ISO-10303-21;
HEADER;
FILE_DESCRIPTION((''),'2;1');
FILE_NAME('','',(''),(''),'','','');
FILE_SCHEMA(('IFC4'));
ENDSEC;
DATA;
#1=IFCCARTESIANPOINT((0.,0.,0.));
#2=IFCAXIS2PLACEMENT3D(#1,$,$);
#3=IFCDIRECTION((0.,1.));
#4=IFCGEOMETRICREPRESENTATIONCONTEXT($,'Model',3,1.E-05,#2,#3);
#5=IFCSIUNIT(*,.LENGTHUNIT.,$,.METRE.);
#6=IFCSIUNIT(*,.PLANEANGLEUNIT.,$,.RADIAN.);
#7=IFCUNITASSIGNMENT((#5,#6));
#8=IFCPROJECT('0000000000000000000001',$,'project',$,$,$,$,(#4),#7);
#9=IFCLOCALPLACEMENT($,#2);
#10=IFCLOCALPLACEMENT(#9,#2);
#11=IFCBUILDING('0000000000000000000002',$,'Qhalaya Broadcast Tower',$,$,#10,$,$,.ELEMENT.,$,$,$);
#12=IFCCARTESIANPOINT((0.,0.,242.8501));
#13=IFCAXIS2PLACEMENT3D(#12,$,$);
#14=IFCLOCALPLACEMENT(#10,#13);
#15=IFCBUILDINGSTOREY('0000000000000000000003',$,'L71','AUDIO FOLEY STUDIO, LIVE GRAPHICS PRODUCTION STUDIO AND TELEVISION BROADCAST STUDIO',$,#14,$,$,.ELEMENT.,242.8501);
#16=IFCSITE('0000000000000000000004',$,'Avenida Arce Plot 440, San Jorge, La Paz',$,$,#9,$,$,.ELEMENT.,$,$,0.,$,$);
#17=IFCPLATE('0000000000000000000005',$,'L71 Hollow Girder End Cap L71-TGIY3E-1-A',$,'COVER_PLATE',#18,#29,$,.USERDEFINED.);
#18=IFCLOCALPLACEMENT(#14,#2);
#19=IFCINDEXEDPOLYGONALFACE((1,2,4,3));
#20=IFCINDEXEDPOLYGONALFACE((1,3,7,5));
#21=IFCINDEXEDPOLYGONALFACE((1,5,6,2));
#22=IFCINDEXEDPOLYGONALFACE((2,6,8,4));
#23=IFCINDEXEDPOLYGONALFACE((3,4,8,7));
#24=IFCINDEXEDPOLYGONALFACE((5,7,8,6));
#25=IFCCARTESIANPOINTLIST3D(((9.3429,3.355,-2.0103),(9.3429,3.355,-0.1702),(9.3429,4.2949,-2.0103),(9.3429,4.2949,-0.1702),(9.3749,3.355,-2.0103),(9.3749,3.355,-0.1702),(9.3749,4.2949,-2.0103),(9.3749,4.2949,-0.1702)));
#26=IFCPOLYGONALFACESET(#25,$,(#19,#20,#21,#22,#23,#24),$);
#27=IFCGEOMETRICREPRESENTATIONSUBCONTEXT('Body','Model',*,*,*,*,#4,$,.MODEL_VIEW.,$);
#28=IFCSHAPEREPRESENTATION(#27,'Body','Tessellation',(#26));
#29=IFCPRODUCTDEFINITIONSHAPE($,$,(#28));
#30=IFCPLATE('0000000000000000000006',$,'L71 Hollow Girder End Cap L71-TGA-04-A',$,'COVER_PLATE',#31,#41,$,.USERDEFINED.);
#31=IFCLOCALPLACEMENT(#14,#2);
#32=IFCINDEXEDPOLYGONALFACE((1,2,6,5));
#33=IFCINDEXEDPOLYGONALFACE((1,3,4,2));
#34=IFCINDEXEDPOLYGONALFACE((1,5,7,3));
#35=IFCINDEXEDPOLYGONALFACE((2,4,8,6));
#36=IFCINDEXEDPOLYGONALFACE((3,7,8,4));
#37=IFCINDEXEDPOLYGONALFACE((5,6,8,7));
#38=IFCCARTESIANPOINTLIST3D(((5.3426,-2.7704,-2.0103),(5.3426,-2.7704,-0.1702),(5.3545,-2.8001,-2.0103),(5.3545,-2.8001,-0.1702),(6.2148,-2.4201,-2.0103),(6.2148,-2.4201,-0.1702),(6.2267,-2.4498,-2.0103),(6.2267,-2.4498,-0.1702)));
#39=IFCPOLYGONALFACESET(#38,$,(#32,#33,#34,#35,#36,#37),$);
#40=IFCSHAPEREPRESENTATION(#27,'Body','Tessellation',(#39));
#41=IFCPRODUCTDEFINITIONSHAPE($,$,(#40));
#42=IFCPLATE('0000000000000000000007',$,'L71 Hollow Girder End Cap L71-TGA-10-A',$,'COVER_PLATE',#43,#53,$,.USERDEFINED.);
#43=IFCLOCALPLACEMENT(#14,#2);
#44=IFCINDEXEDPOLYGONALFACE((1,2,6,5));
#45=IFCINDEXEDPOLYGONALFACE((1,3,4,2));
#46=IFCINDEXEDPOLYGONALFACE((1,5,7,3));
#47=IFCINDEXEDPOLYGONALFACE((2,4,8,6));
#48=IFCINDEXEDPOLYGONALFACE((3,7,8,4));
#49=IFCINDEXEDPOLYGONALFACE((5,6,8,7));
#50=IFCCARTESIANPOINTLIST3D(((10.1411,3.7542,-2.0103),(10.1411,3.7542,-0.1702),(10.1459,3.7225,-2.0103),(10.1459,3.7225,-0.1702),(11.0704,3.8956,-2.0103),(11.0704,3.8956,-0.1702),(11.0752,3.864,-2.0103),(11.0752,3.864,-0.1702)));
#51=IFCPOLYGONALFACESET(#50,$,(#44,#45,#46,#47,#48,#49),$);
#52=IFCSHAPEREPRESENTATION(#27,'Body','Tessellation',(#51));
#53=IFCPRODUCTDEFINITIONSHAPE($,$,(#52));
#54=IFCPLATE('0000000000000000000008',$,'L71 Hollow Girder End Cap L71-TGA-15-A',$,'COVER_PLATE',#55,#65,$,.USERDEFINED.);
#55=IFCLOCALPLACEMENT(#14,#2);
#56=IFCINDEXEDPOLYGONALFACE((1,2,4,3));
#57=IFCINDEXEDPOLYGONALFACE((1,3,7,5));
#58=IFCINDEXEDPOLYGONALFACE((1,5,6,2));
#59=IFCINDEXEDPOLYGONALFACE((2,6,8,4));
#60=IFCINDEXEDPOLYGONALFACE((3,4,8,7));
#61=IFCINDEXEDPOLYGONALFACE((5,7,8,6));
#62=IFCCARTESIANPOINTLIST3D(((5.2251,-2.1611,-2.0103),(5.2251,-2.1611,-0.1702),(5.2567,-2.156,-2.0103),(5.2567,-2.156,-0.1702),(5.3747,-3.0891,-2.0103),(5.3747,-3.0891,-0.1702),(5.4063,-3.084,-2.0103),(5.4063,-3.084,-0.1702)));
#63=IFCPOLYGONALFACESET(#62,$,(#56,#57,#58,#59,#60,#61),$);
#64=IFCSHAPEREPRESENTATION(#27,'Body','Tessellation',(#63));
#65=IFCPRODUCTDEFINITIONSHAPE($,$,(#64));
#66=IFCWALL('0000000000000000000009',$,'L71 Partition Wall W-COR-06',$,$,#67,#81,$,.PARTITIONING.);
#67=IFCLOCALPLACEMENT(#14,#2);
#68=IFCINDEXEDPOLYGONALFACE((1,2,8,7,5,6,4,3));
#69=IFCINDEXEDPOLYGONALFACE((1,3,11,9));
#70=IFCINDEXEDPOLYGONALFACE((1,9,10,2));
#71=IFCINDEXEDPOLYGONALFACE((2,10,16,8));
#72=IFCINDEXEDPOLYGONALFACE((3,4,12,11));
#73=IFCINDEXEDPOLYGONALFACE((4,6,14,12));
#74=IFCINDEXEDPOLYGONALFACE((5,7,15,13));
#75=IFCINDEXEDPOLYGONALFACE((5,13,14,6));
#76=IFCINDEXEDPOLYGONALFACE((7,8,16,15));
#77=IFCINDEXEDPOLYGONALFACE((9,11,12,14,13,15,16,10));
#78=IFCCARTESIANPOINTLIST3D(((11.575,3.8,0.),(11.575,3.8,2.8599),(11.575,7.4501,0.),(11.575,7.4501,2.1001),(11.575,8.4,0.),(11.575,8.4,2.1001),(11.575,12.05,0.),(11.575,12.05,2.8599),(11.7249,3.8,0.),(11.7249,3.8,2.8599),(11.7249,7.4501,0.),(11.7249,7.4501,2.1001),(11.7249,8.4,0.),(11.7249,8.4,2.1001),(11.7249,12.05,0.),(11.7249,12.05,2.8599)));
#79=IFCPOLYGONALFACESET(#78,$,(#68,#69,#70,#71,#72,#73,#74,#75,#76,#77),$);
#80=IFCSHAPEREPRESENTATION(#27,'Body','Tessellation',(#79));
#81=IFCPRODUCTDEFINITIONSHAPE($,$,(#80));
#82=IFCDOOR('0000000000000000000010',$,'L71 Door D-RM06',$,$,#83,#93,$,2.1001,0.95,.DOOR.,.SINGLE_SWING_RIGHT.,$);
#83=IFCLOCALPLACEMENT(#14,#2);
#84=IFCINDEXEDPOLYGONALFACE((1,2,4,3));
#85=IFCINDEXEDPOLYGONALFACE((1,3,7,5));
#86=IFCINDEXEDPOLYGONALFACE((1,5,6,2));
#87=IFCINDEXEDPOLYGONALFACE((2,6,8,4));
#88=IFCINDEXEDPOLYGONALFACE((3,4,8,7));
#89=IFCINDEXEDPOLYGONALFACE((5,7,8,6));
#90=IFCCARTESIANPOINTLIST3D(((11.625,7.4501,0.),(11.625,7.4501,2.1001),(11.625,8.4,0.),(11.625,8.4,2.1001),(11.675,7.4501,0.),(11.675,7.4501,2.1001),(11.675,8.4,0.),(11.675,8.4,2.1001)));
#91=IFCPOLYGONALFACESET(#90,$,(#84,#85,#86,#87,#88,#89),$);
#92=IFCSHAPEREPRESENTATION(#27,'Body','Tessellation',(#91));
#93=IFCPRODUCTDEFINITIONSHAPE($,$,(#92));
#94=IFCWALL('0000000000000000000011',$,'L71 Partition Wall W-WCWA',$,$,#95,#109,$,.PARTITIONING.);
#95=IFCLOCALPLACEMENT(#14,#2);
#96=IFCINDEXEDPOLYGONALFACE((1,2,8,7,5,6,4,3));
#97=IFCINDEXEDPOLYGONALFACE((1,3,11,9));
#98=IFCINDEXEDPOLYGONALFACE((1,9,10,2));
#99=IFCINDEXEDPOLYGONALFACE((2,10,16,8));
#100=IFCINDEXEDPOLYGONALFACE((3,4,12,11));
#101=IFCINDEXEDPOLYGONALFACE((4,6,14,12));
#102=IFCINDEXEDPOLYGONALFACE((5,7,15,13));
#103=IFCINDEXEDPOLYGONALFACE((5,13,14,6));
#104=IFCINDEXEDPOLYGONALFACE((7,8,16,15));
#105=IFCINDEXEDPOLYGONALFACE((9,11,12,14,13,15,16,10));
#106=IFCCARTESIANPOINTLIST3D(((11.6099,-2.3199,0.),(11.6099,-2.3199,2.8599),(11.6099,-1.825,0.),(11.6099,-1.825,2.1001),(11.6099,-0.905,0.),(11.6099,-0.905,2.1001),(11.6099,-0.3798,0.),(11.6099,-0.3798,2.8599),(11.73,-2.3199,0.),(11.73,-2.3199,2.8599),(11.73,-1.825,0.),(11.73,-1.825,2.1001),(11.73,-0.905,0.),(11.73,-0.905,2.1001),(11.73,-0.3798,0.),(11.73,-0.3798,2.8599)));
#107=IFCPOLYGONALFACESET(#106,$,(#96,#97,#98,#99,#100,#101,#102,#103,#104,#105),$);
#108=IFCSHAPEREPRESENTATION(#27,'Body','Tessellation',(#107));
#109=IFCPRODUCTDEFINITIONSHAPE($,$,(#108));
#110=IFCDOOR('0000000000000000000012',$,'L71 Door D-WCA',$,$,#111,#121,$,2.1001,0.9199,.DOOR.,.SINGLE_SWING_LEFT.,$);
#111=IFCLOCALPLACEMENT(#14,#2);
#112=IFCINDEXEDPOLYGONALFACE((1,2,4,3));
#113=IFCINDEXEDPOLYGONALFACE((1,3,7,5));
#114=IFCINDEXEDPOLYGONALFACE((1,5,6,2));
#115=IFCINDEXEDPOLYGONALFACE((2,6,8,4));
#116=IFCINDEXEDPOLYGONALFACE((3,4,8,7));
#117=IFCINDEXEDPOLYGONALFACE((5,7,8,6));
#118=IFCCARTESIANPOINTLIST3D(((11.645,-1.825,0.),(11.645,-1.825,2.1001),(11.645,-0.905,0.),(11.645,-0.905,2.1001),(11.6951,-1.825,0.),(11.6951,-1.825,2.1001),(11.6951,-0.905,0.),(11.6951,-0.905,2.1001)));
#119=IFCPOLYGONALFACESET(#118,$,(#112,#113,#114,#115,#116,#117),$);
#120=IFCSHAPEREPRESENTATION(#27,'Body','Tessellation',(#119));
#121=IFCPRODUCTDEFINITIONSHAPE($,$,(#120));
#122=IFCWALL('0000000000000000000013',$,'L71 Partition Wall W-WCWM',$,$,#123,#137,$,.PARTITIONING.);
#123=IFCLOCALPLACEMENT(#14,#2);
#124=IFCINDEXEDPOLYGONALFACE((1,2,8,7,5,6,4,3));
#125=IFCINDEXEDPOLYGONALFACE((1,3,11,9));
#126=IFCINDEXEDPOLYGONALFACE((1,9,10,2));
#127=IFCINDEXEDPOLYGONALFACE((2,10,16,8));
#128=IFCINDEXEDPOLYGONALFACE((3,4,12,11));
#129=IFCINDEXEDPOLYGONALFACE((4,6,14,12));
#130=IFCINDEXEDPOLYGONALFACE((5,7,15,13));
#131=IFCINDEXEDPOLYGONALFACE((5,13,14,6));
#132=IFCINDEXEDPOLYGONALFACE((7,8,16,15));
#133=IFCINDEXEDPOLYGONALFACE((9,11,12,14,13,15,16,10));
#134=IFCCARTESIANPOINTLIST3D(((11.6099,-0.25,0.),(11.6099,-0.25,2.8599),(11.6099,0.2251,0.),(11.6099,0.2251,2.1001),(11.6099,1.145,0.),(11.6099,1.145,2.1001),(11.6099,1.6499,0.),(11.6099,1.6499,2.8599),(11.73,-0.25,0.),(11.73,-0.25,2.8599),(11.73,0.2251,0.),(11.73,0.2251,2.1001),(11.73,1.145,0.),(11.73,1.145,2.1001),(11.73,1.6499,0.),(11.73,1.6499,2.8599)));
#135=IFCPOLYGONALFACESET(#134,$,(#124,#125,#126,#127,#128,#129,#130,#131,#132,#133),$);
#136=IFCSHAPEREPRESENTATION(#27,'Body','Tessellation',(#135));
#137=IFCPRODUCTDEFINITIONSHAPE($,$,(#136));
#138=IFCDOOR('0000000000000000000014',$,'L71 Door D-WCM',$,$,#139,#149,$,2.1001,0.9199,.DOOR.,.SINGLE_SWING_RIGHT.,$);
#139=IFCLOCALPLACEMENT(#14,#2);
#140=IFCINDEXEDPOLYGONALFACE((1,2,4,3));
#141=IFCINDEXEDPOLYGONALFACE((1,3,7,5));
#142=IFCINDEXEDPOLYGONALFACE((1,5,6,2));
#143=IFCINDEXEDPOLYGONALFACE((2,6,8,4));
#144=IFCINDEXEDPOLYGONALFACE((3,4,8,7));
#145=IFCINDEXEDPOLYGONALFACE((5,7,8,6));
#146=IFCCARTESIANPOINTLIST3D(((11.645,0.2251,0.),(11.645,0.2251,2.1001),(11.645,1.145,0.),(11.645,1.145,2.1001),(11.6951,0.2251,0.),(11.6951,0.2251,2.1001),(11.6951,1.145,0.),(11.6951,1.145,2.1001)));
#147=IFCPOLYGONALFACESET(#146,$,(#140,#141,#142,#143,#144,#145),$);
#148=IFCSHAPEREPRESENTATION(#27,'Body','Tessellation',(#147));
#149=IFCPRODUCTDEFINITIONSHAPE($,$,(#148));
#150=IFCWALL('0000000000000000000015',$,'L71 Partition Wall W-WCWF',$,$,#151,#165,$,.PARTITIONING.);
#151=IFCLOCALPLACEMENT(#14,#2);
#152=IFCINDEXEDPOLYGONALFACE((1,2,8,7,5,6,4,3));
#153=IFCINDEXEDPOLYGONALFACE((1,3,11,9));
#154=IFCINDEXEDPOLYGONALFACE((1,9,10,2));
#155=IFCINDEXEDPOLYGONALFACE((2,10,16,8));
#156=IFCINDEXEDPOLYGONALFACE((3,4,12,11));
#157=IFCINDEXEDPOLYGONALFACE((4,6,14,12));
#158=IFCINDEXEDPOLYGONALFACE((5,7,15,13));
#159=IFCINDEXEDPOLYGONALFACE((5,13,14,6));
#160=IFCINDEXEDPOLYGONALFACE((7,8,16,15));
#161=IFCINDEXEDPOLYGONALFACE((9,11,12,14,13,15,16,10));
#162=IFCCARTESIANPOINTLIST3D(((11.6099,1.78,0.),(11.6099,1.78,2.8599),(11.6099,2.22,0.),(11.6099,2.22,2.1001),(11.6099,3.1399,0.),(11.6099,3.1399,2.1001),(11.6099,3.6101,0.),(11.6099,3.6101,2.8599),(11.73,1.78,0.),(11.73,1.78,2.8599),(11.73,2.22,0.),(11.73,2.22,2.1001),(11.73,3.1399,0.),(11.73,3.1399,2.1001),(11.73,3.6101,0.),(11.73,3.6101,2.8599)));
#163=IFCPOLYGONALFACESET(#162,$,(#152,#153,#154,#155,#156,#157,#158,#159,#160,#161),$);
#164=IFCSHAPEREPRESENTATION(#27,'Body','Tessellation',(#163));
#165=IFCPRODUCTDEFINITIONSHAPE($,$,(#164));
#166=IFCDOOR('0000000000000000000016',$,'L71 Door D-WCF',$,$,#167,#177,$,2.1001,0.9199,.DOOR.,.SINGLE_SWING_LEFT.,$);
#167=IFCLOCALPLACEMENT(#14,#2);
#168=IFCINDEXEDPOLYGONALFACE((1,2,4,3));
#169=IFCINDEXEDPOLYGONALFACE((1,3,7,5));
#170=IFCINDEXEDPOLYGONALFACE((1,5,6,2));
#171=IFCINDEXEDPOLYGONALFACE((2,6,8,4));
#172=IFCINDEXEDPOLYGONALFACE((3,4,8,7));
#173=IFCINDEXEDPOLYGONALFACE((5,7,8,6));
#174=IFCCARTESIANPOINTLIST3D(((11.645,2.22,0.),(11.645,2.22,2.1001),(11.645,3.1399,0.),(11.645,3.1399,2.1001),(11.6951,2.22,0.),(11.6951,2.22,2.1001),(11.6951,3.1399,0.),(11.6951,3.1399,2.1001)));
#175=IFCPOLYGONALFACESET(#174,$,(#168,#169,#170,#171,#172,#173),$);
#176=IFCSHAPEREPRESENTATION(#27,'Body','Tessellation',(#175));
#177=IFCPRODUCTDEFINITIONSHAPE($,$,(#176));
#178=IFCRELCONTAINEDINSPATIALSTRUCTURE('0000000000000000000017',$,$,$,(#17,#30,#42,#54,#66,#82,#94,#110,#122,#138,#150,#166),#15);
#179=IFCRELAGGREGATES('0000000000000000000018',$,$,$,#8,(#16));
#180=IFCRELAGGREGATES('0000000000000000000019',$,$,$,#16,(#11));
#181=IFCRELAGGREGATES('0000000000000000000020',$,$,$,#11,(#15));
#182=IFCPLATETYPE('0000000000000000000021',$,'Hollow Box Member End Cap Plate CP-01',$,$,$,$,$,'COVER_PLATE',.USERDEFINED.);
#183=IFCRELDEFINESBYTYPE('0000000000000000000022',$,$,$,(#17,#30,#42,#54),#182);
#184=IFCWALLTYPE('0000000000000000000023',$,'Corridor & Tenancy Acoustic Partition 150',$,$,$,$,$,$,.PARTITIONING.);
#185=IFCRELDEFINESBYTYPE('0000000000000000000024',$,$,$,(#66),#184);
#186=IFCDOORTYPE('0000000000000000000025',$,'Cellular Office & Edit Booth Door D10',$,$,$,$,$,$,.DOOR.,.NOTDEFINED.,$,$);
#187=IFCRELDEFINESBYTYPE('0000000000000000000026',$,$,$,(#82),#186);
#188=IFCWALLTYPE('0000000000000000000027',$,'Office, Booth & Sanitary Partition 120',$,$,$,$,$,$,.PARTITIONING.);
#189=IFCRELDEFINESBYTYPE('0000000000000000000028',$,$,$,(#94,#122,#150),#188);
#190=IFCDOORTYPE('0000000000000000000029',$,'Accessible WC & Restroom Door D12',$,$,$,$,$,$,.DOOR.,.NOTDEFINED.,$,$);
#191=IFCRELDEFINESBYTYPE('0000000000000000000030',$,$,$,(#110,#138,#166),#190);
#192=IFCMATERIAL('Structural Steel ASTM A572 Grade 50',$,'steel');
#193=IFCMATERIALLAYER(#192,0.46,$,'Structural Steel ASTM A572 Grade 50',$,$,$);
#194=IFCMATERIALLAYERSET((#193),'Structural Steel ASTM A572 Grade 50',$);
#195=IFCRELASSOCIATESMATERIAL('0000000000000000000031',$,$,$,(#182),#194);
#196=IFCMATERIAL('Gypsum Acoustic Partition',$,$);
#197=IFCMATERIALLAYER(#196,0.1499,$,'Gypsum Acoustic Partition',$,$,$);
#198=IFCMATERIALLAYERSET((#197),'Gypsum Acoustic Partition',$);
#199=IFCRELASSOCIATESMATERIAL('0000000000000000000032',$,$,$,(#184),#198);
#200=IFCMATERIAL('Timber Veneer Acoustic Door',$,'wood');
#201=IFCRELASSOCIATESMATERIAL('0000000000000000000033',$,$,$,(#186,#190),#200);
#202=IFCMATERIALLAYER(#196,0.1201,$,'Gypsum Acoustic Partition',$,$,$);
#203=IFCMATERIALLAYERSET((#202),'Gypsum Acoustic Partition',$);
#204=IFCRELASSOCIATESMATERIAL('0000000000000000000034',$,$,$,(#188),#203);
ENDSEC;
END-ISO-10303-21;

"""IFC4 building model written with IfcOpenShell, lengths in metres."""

from ifc_helpers import new_model, si_unit, direction, frame, frame_2d, origin, origin_2d, place, context, subcontext, project, spatial, rectangle, extrude, material, layer, layer_set, type_object, element, fill, save


model = new_model("IFC4")

# Units and contexts
model_context = context("Model", 3, precision=1e-05, world=origin(), true_north=direction((0.0, 1.0)))
body_context = subcontext(model_context, "Body", "Model", "MODEL_VIEW")
ifc_project = project(units=[si_unit("LENGTHUNIT", "METRE"), si_unit("PLANEANGLEUNIT", "RADIAN")], contexts=[model_context])

# Site, building, storey
site_placement = place(None, origin())
site = spatial("IfcSite", under=ifc_project, at=site_placement, Name="Avenida Arce Plot 440, San Jorge, La Paz", CompositionType="ELEMENT", RefElevation=0.0)
building_placement = place(site_placement, origin())
building = spatial("IfcBuilding", under=site, at=building_placement, Name="Qhalaya Broadcast Tower", CompositionType="ELEMENT")
storey_placement = place(building_placement, frame((0.0, 0.0, 242.8501)))
storey = spatial("IfcBuildingStorey", under=building, at=storey_placement, Name="L71", Description="AUDIO FOLEY STUDIO, LIVE GRAPHICS PRODUCTION STUDIO AND TELEVISION BROADCAST STUDIO", CompositionType="ELEMENT", Elevation=242.8501)

# Shared definitions
ifc_material_1 = material(Name="Structural Steel ASTM A572 Grade 50", Category="steel")

# Plates
ifc_layer_1 = layer(ifc_material_1, 0.46, Name="Structural Steel ASTM A572 Grade 50")
ifc_layer_set_1 = layer_set([ifc_layer_1], Name="Structural Steel ASTM A572 Grade 50")
plate_type = type_object("IfcPlateType", Name="Hollow Box Member End Cap Plate CP-01", ElementType="COVER_PLATE", PredefinedType="USERDEFINED", material=ifc_layer_set_1)
for number, where, z_axis, x_axis, name in (
    (1, (9.3589, 3.825, -2.0103), (0.0, 0.0, 1.0), (0.0, 1.0, 0.0), "L71 Hollow Girder End Cap L71-TGIY3E-1-A"),
    (2, (5.7847, -2.6101, -2.0103), (0.0, 0.0, 1.0), (0.92796, 0.37268, 0.0), "L71 Hollow Girder End Cap L71-TGA-04-A"),
    (3, (10.6082, 3.8091, -2.0103), (0.0, 0.0, 1.0), (-0.98861, -0.150502, 0.0), "L71 Hollow Girder End Cap L71-TGA-10-A"),
    (4, (5.3157, -2.6226, -2.0103), (0.0, 0.0, 1.0), (0.159175, -0.98725, 0.0), "L71 Hollow Girder End Cap L71-TGA-15-A"),
):
    element("IfcPlate", number, at=place(storey_placement, frame(where, z_axis=z_axis, x_axis=x_axis)), inside=storey, type_object=plate_type, Name=name, ObjectType="COVER_PLATE", PredefinedType="USERDEFINED", context=body_context, shape_type="SweptSolid", body=[
        extrude(rectangle(XDim=0.9399, YDim=0.032, at=origin_2d()), origin(), (0.0, 0.0, 1.0), 1.8401),
    ])

# Walls, openings, doors
ifc_material_2 = material(Name="Gypsum Acoustic Partition")
ifc_layer_2 = layer(ifc_material_2, 0.1499, Name="Gypsum Acoustic Partition")
ifc_layer_set_2 = layer_set([ifc_layer_2], Name="Gypsum Acoustic Partition")
wall_type_1 = type_object("IfcWallType", Name="Corridor & Tenancy Acoustic Partition 150", PredefinedType="PARTITIONING", material=ifc_layer_set_2)
wall_1_placement = place(storey_placement, frame((11.6499, 3.8, 0.0), z_axis=(0.0, 0.0, 1.0), x_axis=(0.0, 1.0, 0.0)))
wall_1 = element("IfcWall", 5, at=wall_1_placement, inside=storey, type_object=wall_type_1, Name="L71 Partition Wall W-COR-06", PredefinedType="PARTITIONING", context=body_context, shape_type="SweptSolid", body=[
    extrude(rectangle(XDim=8.25, YDim=0.1499, at=frame_2d((4.125, 0.0))), origin(), (0.0, 0.0, 1.0), 2.8599),
])
opening_1_placement = place(wall_1_placement, frame((3.6499, 0.0, 0.0)))
opening_1 = element("IfcOpeningElement", 6, at=opening_1_placement, cuts=wall_1, PredefinedType="OPENING", context=body_context, shape_type="SweptSolid", body=[
    extrude(rectangle(XDim=0.95, YDim=2.1001, at=frame_2d((0.4751, 1.05))), frame((0.0, 0.0869, 0.0), z_axis=(0.0, -1.0, 0.0), x_axis=(1.0, 0.0, 0.0)), (0.0, 0.0, 1.0), 0.1738),
])
ifc_material_3 = material(Name="Timber Veneer Acoustic Door", Category="wood")
door_type_1 = type_object("IfcDoorType", Name="Cellular Office & Edit Booth Door D10", OperationType="NOTDEFINED", PredefinedType="DOOR", material=ifc_material_3)
door_1_placement = place(opening_1_placement, origin())
door_1 = element("IfcDoor", 7, at=door_1_placement, inside=storey, type_object=door_type_1, Name="L71 Door D-RM06", OperationType="SINGLE_SWING_RIGHT", OverallHeight=2.1001, OverallWidth=0.95, PredefinedType="DOOR", context=body_context, shape_type="SweptSolid", body=[
    extrude(rectangle(XDim=0.95, YDim=2.1001, at=frame_2d((0.4751, 1.05))), frame((0.0, 0.0249, 0.0), z_axis=(0.0, -1.0, 0.0), x_axis=(1.0, 0.0, 0.0)), (0.0, 0.0, 1.0), 0.05),
])
fill(opening_1, door_1)
ifc_layer_3 = layer(ifc_material_2, 0.1201, Name="Gypsum Acoustic Partition")
ifc_layer_set_3 = layer_set([ifc_layer_3], Name="Gypsum Acoustic Partition")
wall_type_2 = type_object("IfcWallType", Name="Office, Booth & Sanitary Partition 120", PredefinedType="PARTITIONING", material=ifc_layer_set_3)
wall_2_placement = place(storey_placement, frame((11.6699, -2.3201, 0.0), z_axis=(0.0, 0.0, 1.0), x_axis=(0.0, 1.0, 0.0)))
wall_2 = element("IfcWall", 8, at=wall_2_placement, inside=storey, type_object=wall_type_2, Name="L71 Partition Wall W-WCWA", PredefinedType="PARTITIONING", context=body_context, shape_type="SweptSolid", body=[
    extrude(rectangle(XDim=1.9402, YDim=0.1201, at=frame_2d((0.9702, 0.0))), origin(), (0.0, 0.0, 1.0), 2.8599),
])
opening_2_placement = place(wall_2_placement, frame((0.4951, 0.0, 0.0)))
opening_2 = element("IfcOpeningElement", 9, at=opening_2_placement, cuts=wall_2, PredefinedType="OPENING", context=body_context, shape_type="SweptSolid", body=[
    extrude(rectangle(XDim=0.9199, YDim=2.1001, at=frame_2d((0.46, 1.05))), frame((0.0, 0.072, 0.0), z_axis=(0.0, -1.0, 0.0), x_axis=(1.0, 0.0, 0.0)), (0.0, 0.0, 1.0), 0.144),
])
door_type_2 = type_object("IfcDoorType", Name="Accessible WC & Restroom Door D12", OperationType="NOTDEFINED", PredefinedType="DOOR", material=ifc_material_3)
door_2_placement = place(opening_2_placement, origin())
door_2 = element("IfcDoor", 10, at=door_2_placement, inside=storey, type_object=door_type_2, Name="L71 Door D-WCA", OperationType="SINGLE_SWING_LEFT", OverallHeight=2.1001, OverallWidth=0.9199, PredefinedType="DOOR", context=body_context, shape_type="SweptSolid", body=[
    extrude(rectangle(XDim=0.9199, YDim=2.1001, at=frame_2d((0.46, 1.05))), frame((0.0, 0.0249, 0.0), z_axis=(0.0, -1.0, 0.0), x_axis=(1.0, 0.0, 0.0)), (0.0, 0.0, 1.0), 0.05),
])
fill(opening_2, door_2)
wall_3_placement = place(storey_placement, frame((11.6699, -0.25, 0.0), z_axis=(0.0, 0.0, 1.0), x_axis=(0.0, 1.0, 0.0)))
wall_3 = element("IfcWall", 11, at=wall_3_placement, inside=storey, type_object=wall_type_2, Name="L71 Partition Wall W-WCWM", PredefinedType="PARTITIONING", context=body_context, shape_type="SweptSolid", body=[
    extrude(rectangle(XDim=1.8999, YDim=0.1201, at=frame_2d((0.95, 0.0))), origin(), (0.0, 0.0, 1.0), 2.8599),
])
opening_3_placement = place(wall_3_placement, frame((0.4751, 0.0, 0.0)))
opening_3 = element("IfcOpeningElement", 12, at=opening_3_placement, cuts=wall_3, PredefinedType="OPENING", context=body_context, shape_type="SweptSolid", body=[
    extrude(rectangle(XDim=0.9199, YDim=2.1001, at=frame_2d((0.46, 1.05))), frame((0.0, 0.072, 0.0), z_axis=(0.0, -1.0, 0.0), x_axis=(1.0, 0.0, 0.0)), (0.0, 0.0, 1.0), 0.144),
])
door_3_placement = place(opening_3_placement, origin())
door_3 = element("IfcDoor", 13, at=door_3_placement, inside=storey, type_object=door_type_2, Name="L71 Door D-WCM", OperationType="SINGLE_SWING_RIGHT", OverallHeight=2.1001, OverallWidth=0.9199, PredefinedType="DOOR", context=body_context, shape_type="SweptSolid", body=[
    extrude(rectangle(XDim=0.9199, YDim=2.1001, at=frame_2d((0.46, 1.05))), frame((0.0, 0.0249, 0.0), z_axis=(0.0, -1.0, 0.0), x_axis=(1.0, 0.0, 0.0)), (0.0, 0.0, 1.0), 0.05),
])
fill(opening_3, door_3)
wall_4_placement = place(storey_placement, frame((11.6699, 1.78, 0.0), z_axis=(0.0, 0.0, 1.0), x_axis=(0.0, 1.0, 0.0)))
wall_4 = element("IfcWall", 14, at=wall_4_placement, inside=storey, type_object=wall_type_2, Name="L71 Partition Wall W-WCWF", PredefinedType="PARTITIONING", context=body_context, shape_type="SweptSolid", body=[
    extrude(rectangle(XDim=1.8301, YDim=0.1201, at=frame_2d((0.915, 0.0))), origin(), (0.0, 0.0, 1.0), 2.8599),
])
opening_4_placement = place(wall_4_placement, frame((0.4399, 0.0, 0.0)))
opening_4 = element("IfcOpeningElement", 15, at=opening_4_placement, cuts=wall_4, PredefinedType="OPENING", context=body_context, shape_type="SweptSolid", body=[
    extrude(rectangle(XDim=0.9199, YDim=2.1001, at=frame_2d((0.46, 1.05))), frame((0.0, 0.072, 0.0), z_axis=(0.0, -1.0, 0.0), x_axis=(1.0, 0.0, 0.0)), (0.0, 0.0, 1.0), 0.144),
])
door_4_placement = place(opening_4_placement, origin())
door_4 = element("IfcDoor", 16, at=door_4_placement, inside=storey, type_object=door_type_2, Name="L71 Door D-WCF", OperationType="SINGLE_SWING_LEFT", OverallHeight=2.1001, OverallWidth=0.9199, PredefinedType="DOOR", context=body_context, shape_type="SweptSolid", body=[
    extrude(rectangle(XDim=0.9199, YDim=2.1001, at=frame_2d((0.46, 1.05))), frame((0.0, 0.0249, 0.0), z_axis=(0.0, -1.0, 0.0), x_axis=(1.0, 0.0, 0.0)), (0.0, 0.0, 1.0), 0.05),
])
fill(opening_4, door_4)

save(model, "model.ifc")
